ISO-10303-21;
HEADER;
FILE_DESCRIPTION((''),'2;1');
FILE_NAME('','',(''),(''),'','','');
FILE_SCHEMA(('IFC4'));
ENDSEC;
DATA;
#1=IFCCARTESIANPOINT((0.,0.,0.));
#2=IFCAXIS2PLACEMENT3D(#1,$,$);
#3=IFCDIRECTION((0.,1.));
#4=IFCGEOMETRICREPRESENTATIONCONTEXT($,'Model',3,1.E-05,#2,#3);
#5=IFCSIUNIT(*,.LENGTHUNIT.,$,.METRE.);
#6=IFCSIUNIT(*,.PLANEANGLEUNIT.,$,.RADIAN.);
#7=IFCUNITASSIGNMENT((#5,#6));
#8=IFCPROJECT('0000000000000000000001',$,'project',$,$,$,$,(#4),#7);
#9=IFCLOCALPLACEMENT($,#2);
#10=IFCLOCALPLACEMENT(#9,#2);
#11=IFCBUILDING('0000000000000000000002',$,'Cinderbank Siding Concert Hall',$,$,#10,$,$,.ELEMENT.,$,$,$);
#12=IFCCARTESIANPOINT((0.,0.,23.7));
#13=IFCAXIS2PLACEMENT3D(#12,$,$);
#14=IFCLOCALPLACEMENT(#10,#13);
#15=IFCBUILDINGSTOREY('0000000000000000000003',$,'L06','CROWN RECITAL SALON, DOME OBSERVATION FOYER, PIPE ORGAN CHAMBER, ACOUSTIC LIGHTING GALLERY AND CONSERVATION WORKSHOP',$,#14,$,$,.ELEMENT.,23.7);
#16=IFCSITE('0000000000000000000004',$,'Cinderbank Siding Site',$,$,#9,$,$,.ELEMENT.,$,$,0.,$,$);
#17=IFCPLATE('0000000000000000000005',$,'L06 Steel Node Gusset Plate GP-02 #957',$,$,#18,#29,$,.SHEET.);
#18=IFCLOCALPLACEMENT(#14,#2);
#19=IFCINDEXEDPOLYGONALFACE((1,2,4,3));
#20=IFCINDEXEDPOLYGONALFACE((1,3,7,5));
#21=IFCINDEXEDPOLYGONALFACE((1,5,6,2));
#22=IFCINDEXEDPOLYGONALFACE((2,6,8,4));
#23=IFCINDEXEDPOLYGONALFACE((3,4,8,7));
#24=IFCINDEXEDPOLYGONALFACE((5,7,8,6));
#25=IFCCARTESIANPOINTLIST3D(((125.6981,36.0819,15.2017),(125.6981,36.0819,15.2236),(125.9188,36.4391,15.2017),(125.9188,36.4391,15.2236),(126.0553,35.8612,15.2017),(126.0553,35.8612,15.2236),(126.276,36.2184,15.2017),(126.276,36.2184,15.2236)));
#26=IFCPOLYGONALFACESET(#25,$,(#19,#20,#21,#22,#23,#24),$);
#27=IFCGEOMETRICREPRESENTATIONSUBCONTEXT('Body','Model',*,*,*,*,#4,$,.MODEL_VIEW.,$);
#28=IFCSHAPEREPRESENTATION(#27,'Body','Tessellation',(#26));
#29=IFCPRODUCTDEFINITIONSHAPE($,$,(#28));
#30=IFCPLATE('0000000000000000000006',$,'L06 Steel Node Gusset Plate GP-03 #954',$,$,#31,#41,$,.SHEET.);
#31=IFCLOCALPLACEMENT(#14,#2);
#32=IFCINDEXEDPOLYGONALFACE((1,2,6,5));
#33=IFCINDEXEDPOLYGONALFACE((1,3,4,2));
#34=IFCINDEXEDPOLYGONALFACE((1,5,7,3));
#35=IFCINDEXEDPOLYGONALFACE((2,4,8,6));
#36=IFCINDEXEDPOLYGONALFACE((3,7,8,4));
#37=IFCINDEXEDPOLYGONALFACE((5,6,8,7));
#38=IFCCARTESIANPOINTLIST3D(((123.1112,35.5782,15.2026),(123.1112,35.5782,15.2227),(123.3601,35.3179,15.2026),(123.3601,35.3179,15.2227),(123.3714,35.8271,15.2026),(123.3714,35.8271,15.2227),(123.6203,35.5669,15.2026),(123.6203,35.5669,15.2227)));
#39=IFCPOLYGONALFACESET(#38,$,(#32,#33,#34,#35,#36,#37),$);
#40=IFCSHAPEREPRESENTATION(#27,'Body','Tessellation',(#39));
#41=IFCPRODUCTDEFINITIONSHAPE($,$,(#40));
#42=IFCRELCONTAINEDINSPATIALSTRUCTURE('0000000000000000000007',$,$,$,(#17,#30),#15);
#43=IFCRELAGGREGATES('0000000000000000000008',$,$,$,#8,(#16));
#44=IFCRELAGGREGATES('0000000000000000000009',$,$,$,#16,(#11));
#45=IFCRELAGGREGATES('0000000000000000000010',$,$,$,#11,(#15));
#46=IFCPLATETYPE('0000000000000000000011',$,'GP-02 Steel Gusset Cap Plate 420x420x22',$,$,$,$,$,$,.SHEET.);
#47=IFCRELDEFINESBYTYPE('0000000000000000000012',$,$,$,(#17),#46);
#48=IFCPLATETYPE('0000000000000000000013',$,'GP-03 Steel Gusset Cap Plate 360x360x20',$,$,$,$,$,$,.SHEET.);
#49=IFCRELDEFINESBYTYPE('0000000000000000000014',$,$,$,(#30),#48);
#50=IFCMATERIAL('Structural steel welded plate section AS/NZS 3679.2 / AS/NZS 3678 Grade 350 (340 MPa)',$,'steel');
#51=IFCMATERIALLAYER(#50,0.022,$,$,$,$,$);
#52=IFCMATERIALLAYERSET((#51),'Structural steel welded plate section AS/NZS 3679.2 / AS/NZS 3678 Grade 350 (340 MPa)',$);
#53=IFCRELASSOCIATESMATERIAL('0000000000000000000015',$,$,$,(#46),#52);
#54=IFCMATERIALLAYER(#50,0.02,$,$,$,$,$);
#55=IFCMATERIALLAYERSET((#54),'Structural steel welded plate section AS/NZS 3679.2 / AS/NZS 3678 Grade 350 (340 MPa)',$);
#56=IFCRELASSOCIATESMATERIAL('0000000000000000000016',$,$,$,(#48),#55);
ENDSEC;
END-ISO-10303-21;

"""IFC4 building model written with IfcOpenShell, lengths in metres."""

from ifc_helpers import new_model, si_unit, direction, frame, origin, origin_2d, place, context, subcontext, project, spatial, rectangle, extrude, material, layer, layer_set, type_object, element, save


model = new_model("IFC4")

# Units and contexts
model_context = context("Model", 3, precision=1e-05, world=origin(), true_north=direction((0.0, 1.0)))
body_context = subcontext(model_context, "Body", "Model", "MODEL_VIEW")
ifc_project = project(units=[si_unit("LENGTHUNIT", "METRE"), si_unit("PLANEANGLEUNIT", "RADIAN")], contexts=[model_context])

# Site, building, storey
site_placement = place(None, origin())
site = spatial("IfcSite", under=ifc_project, at=site_placement, Name="Cinderbank Siding Site", CompositionType="ELEMENT", RefElevation=0.0)
building_placement = place(site_placement, origin())
building = spatial("IfcBuilding", under=site, at=building_placement, Name="Cinderbank Siding Concert Hall", CompositionType="ELEMENT")
storey_placement = place(building_placement, frame((0.0, 0.0, 23.7)))
storey = spatial("IfcBuildingStorey", under=building, at=storey_placement, Name="L06", Description="CROWN RECITAL SALON, DOME OBSERVATION FOYER, PIPE ORGAN CHAMBER, ACOUSTIC LIGHTING GALLERY AND CONSERVATION WORKSHOP", CompositionType="ELEMENT", Elevation=23.7)

# Plates
ifc_material_1 = material(Name="Structural steel welded plate section AS/NZS 3679.2 / AS/NZS 3678 Grade 350 (340 MPa)", Category="steel")
ifc_layer_1 = layer(ifc_material_1, 0.022)
ifc_layer_set_1 = layer_set([ifc_layer_1], Name="Structural steel welded plate section AS/NZS 3679.2 / AS/NZS 3678 Grade 350 (340 MPa)")
plate_type_1 = type_object("IfcPlateType", Name="GP-02 Steel Gusset Cap Plate 420x420x22", PredefinedType="SHEET", material=ifc_layer_set_1)
plate_1_placement = place(storey_placement, frame((125.9871, 36.1501, 15.2017), z_axis=(0.0, 0.0, 1.0), x_axis=(-0.850719, 0.52562, 0.0)))
element("IfcPlate", 1, at=plate_1_placement, inside=storey, type_object=plate_type_1, Name="L06 Steel Node Gusset Plate GP-02 #957", PredefinedType="SHEET", context=body_context, shape_type="SweptSolid", body=[
    extrude(rectangle(XDim=0.4199, YDim=0.4199, at=origin_2d()), origin(), (0.0, 0.0, 1.0), 0.022),
])
ifc_layer_2 = layer(ifc_material_1, 0.02)
ifc_layer_set_2 = layer_set([ifc_layer_2], Name="Structural steel welded plate section AS/NZS 3679.2 / AS/NZS 3678 Grade 350 (340 MPa)")
plate_type_2 = type_object("IfcPlateType", Name="GP-03 Steel Gusset Cap Plate 360x360x20", PredefinedType="SHEET", material=ifc_layer_set_2)
plate_2_placement = place(storey_placement, frame((123.3657, 35.5725, 15.2026), z_axis=(0.0, 0.0, 1.0), x_axis=(-0.691261, 0.722605, 0.0)))
element("IfcPlate", 2, at=plate_2_placement, inside=storey, type_object=plate_type_2, Name="L06 Steel Node Gusset Plate GP-03 #954", PredefinedType="SHEET", context=body_context, shape_type="SweptSolid", body=[
    extrude(rectangle(XDim=0.3601, YDim=0.3601, at=origin_2d()), origin(), (0.0, 0.0, 1.0), 0.02),
])

save(model, "model.ifc")
